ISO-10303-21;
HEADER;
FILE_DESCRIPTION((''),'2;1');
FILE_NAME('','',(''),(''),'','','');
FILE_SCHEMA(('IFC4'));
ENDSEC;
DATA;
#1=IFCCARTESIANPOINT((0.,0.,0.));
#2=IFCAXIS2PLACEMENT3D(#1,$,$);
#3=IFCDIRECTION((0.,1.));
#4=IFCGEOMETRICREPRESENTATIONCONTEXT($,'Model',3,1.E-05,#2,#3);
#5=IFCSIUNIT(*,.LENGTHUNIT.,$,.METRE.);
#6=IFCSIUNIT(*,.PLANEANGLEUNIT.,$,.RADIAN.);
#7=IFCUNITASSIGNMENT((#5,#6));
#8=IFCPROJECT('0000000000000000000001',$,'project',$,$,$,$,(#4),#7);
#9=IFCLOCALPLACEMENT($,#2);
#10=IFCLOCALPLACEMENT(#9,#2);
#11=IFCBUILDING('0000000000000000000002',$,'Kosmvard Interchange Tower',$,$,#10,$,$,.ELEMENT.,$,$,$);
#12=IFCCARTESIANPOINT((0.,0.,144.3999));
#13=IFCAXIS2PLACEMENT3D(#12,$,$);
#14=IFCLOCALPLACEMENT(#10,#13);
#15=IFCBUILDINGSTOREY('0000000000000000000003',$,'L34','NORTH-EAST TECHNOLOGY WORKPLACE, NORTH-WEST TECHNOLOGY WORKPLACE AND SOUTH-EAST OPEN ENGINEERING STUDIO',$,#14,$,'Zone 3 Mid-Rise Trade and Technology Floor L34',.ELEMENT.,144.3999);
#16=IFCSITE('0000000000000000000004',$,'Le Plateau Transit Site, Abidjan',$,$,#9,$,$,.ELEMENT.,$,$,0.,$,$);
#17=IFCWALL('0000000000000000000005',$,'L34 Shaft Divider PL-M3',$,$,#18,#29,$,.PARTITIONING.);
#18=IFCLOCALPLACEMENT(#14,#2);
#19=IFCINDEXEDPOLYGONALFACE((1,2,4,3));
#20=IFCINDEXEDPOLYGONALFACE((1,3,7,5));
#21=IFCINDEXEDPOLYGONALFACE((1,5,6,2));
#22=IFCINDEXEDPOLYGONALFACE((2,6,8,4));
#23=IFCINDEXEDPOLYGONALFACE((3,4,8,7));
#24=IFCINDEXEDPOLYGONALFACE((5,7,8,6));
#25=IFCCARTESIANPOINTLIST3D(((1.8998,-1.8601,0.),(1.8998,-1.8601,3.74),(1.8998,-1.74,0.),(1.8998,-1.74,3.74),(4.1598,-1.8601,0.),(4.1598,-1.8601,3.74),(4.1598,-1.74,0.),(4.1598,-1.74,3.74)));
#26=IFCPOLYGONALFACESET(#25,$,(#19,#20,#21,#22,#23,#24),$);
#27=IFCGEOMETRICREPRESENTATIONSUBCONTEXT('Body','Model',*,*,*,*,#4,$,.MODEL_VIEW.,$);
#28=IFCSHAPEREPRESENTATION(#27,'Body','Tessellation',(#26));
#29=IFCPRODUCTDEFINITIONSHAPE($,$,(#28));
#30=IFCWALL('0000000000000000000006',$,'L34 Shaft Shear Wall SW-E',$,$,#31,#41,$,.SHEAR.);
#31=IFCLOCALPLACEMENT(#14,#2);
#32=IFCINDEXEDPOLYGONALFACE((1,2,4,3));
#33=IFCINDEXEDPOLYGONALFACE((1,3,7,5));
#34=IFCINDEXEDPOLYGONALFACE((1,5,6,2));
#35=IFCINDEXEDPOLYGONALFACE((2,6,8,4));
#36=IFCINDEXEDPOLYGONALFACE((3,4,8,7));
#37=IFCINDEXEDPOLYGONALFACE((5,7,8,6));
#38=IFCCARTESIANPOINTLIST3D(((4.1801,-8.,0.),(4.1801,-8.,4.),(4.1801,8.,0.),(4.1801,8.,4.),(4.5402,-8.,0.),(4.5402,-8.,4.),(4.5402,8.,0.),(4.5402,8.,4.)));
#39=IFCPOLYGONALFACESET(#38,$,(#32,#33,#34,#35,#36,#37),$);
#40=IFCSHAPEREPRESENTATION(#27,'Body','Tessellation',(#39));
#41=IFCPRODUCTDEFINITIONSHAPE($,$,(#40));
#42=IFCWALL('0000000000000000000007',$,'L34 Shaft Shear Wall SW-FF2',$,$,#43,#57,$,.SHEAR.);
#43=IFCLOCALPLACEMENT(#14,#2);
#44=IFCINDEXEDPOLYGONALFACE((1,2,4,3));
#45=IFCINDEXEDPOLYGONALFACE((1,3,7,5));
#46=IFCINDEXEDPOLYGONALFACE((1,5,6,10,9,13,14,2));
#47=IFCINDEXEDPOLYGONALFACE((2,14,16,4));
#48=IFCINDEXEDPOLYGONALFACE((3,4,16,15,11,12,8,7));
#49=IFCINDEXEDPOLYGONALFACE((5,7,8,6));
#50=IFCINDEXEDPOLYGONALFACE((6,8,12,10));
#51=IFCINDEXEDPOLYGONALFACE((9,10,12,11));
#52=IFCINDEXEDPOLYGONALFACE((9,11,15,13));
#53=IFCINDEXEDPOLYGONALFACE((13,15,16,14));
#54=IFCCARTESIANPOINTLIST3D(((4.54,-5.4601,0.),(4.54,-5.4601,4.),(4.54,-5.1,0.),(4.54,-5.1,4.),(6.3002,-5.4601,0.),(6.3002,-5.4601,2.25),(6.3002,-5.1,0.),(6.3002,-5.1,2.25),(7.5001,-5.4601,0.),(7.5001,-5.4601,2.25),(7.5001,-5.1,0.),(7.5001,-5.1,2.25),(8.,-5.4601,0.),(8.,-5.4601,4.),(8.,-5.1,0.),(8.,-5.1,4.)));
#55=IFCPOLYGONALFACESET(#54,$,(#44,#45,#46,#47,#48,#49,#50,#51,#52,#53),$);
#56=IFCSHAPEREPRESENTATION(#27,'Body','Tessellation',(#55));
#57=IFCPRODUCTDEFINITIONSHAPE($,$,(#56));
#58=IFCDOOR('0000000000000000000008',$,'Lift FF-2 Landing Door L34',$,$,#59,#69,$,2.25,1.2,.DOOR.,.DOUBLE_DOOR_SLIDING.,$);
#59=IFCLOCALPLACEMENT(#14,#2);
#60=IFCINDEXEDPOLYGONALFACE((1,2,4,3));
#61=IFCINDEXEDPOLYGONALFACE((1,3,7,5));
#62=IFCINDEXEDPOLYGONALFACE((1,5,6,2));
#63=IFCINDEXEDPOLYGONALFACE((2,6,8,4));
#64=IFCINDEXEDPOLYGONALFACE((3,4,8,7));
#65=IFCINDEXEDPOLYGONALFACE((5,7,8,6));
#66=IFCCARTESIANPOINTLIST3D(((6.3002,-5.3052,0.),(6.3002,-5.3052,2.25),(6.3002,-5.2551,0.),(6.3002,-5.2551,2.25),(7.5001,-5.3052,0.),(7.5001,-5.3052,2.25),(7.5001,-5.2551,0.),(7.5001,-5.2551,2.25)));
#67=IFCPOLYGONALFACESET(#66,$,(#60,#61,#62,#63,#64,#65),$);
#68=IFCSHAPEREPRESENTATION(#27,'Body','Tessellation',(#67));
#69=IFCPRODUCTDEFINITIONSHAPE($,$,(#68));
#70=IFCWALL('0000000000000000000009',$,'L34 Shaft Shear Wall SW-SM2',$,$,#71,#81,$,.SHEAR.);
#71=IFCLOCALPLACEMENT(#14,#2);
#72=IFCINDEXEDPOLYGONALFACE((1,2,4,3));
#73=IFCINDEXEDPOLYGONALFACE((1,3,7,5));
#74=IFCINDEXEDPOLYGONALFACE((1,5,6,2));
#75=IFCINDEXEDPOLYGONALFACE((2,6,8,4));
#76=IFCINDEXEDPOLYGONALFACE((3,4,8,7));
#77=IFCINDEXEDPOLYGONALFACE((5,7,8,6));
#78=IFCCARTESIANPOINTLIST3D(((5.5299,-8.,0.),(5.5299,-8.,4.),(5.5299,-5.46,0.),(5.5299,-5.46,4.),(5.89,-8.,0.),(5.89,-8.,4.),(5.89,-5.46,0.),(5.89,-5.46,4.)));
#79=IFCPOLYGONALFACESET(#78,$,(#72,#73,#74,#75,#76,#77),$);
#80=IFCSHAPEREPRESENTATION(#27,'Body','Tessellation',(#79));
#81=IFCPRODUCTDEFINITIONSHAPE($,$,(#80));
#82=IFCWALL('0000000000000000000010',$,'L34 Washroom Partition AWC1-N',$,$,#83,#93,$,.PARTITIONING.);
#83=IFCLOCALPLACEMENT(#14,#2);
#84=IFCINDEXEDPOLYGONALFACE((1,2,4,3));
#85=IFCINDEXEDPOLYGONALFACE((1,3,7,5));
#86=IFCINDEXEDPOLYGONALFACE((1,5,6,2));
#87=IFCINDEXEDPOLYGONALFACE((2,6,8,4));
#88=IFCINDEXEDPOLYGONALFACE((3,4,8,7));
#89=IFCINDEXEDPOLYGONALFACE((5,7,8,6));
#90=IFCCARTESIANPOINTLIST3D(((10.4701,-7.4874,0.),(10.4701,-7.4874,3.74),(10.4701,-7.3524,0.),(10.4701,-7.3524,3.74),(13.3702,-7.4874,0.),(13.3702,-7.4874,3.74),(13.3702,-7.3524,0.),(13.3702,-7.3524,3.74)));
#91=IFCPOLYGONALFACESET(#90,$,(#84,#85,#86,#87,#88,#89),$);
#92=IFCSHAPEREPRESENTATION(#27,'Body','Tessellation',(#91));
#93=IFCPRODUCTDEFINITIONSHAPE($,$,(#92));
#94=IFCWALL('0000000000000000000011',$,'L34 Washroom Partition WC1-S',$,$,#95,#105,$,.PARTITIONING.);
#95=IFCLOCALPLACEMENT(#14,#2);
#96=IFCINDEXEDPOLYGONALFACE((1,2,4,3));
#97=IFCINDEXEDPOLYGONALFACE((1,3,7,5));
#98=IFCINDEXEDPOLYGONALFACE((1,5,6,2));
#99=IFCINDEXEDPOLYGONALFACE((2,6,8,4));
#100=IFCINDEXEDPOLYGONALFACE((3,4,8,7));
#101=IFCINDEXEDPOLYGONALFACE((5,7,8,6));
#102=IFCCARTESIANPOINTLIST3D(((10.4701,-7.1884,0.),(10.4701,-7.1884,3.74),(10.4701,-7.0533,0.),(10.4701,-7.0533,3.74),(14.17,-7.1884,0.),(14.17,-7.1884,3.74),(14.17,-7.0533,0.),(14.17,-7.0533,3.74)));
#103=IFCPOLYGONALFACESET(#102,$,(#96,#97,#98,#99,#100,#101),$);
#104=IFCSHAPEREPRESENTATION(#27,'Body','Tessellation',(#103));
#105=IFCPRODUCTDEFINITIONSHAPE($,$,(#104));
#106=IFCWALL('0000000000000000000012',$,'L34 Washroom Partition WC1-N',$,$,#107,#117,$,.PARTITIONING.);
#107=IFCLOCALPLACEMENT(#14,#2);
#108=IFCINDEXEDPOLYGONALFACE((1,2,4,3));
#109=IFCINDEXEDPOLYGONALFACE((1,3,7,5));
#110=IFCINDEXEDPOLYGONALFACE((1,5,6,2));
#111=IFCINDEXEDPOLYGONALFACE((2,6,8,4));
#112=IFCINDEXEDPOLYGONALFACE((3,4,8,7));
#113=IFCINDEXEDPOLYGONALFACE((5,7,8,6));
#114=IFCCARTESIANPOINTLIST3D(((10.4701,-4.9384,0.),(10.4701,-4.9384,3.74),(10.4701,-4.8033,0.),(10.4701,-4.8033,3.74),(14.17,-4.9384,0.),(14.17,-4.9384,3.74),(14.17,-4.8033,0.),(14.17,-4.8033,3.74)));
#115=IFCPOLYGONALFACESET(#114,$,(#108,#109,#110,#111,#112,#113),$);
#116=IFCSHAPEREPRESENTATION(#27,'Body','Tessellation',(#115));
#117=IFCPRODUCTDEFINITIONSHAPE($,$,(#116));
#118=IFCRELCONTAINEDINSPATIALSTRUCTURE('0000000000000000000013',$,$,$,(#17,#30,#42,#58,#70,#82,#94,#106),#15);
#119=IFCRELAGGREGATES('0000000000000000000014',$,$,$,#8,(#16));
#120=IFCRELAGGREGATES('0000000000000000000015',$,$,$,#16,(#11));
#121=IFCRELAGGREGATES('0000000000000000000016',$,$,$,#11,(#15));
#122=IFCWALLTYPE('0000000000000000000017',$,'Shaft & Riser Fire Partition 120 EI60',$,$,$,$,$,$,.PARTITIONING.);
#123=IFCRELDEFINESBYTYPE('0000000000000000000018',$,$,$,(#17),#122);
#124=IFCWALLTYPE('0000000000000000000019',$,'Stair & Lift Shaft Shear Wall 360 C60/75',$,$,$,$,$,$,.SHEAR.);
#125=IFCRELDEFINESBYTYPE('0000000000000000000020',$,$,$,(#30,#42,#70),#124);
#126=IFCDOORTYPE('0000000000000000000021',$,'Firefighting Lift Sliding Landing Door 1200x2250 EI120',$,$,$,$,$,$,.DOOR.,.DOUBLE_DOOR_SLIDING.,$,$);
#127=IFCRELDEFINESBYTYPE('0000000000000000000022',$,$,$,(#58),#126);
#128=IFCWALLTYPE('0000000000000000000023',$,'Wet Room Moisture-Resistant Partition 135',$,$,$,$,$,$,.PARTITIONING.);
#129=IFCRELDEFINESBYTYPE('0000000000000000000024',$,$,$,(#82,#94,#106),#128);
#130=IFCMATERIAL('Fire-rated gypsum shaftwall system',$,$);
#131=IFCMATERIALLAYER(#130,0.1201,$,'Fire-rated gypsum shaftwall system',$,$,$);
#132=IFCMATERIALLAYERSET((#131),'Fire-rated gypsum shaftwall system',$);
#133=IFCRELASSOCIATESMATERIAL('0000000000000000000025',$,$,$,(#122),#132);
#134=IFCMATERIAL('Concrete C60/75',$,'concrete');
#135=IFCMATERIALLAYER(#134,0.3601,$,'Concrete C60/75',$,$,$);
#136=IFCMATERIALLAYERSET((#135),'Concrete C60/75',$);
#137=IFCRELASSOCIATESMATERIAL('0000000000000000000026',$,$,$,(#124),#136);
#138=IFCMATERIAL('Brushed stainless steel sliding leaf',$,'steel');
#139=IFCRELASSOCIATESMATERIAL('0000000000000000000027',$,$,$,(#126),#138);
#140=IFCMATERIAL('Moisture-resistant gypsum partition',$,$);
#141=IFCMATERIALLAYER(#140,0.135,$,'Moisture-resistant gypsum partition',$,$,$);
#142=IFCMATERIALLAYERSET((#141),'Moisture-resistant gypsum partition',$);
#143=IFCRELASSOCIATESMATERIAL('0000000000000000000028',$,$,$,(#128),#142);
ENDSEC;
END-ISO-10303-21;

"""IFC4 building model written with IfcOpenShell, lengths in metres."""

from ifc_helpers import new_model, si_unit, direction, frame, frame_2d, origin, place, context, subcontext, project, spatial, rectangle, extrude, source, transform, mapped, material, layer, layer_set, type_object, element, fill, save


model = new_model("IFC4")

# Units and contexts
model_context = context("Model", 3, precision=1e-05, world=origin(), true_north=direction((0.0, 1.0)))
body_context = subcontext(model_context, "Body", "Model", "MODEL_VIEW")
ifc_project = project(units=[si_unit("LENGTHUNIT", "METRE"), si_unit("PLANEANGLEUNIT", "RADIAN")], contexts=[model_context])

# Site, building, storey
site_placement = place(None, origin())
site = spatial("IfcSite", under=ifc_project, at=site_placement, Name="Le Plateau Transit Site, Abidjan", CompositionType="ELEMENT", RefElevation=0.0)
building_placement = place(site_placement, origin())
building = spatial("IfcBuilding", under=site, at=building_placement, Name="Kosmvard Interchange Tower", CompositionType="ELEMENT")
storey_placement = place(building_placement, frame((0.0, 0.0, 144.3999)))
storey = spatial("IfcBuildingStorey", under=building, at=storey_placement, Name="L34", Description="NORTH-EAST TECHNOLOGY WORKPLACE, NORTH-WEST TECHNOLOGY WORKPLACE AND SOUTH-EAST OPEN ENGINEERING STUDIO", LongName="Zone 3 Mid-Rise Trade and Technology Floor L34", CompositionType="ELEMENT", Elevation=144.3999)

# Shared definitions
ifc_material_1 = material(Name="Brushed stainless steel sliding leaf", Category="steel")

# Walls
ifc_material_2 = material(Name="Fire-rated gypsum shaftwall system")
ifc_layer_1 = layer(ifc_material_2, 0.1201, Name="Fire-rated gypsum shaftwall system")
ifc_layer_set_1 = layer_set([ifc_layer_1], Name="Fire-rated gypsum shaftwall system")
wall_type_1 = type_object("IfcWallType", Name="Shaft & Riser Fire Partition 120 EI60", PredefinedType="PARTITIONING", material=ifc_layer_set_1)
wall_1_placement = place(storey_placement, frame((1.8999, -1.8, 0.0), z_axis=(0.0, 0.0, 1.0), x_axis=(1.0, 0.0, 0.0)))
element("IfcWall", 1, at=wall_1_placement, inside=storey, type_object=wall_type_1, Name="L34 Shaft Divider PL-M3", PredefinedType="PARTITIONING", context=body_context, shape_type="SweptSolid", body=[
    extrude(rectangle(XDim=2.26, YDim=0.1201, at=frame_2d((1.1299, 0.0))), origin(), (0.0, 0.0, 1.0), 3.74),
])
ifc_material_3 = material(Name="Concrete C60/75", Category="concrete")
ifc_layer_2 = layer(ifc_material_3, 0.3601, Name="Concrete C60/75")
ifc_layer_set_2 = layer_set([ifc_layer_2], Name="Concrete C60/75")
wall_type_2 = type_object("IfcWallType", Name="Stair & Lift Shaft Shear Wall 360 C60/75", PredefinedType="SHEAR", material=ifc_layer_set_2)
wall_2_placement = place(storey_placement, frame((4.3601, -8.0, 0.0), z_axis=(0.0, 0.0, 1.0), x_axis=(0.0, 1.0, 0.0)))
element("IfcWall", 2, at=wall_2_placement, inside=storey, type_object=wall_type_2, Name="L34 Shaft Shear Wall SW-E", PredefinedType="SHEAR", context=body_context, shape_type="SweptSolid", body=[
    extrude(rectangle(XDim=16.0, YDim=0.3601, at=frame_2d((8.0, 0.0))), origin(), (0.0, 0.0, 1.0), 4.0),
])

# Wall, opening, door
wall_3_placement = place(storey_placement, frame((4.54, -5.28, 0.0), z_axis=(0.0, 0.0, 1.0), x_axis=(1.0, 0.0, 0.0)))
wall_3 = element("IfcWall", 3, at=wall_3_placement, inside=storey, type_object=wall_type_2, Name="L34 Shaft Shear Wall SW-FF2", PredefinedType="SHEAR", context=body_context, shape_type="SweptSolid", body=[
    extrude(rectangle(XDim=3.46, YDim=0.3601, at=frame_2d((1.73, 0.0))), origin(), (0.0, 0.0, 1.0), 4.0),
])
opening_1_placement = place(wall_3_placement, frame((1.76, 0.0, 0.0)))
opening_1 = element("IfcOpeningElement", 4, at=opening_1_placement, cuts=wall_3, PredefinedType="OPENING", context=body_context, shape_type="SweptSolid", body=[
    extrude(rectangle(XDim=1.2, YDim=2.25, at=frame_2d((0.6001, 1.125))), frame((0.0, 0.1899, 0.0), z_axis=(0.0, -1.0, 0.0), x_axis=(1.0, 0.0, 0.0)), (0.0, 0.0, 1.0), 0.3801),
])
door_type_1 = type_object("IfcDoorType", Name="Firefighting Lift Sliding Landing Door 1200x2250 EI120", OperationType="DOUBLE_DOOR_SLIDING", PredefinedType="DOOR", material=ifc_material_1)
shared_shape_1 = source(origin(), body_context, "Body", "SweptSolid", [
    extrude(rectangle(XDim=1.2, YDim=2.25, at=frame_2d((0.6001, 1.125))), frame((0.0, 0.0249, 0.0), z_axis=(0.0, -1.0, 0.0), x_axis=(1.0, 0.0, 0.0)), (0.0, 0.0, 1.0), 0.05),
])
door_1_placement = place(opening_1_placement, origin())
door_1 = element("IfcDoor", 5, at=door_1_placement, inside=storey, type_object=door_type_1, Name="Lift FF-2 Landing Door L34", OperationType="DOUBLE_DOOR_SLIDING", OverallHeight=2.25, OverallWidth=1.2, PredefinedType="DOOR", context=body_context, shape_type="MappedRepresentation", body=[
    mapped(shared_shape_1, transform((0.0, 0.0, 0.0), scale=1.0)),
])
fill(opening_1, door_1)

# Walls
wall_4_placement = place(storey_placement, frame((5.71, -8.0, 0.0), z_axis=(0.0, 0.0, 1.0), x_axis=(0.0, 1.0, 0.0)))
element("IfcWall", 6, at=wall_4_placement, inside=storey, type_object=wall_type_2, Name="L34 Shaft Shear Wall SW-SM2", PredefinedType="SHEAR", context=body_context, shape_type="SweptSolid", body=[
    extrude(rectangle(XDim=2.54, YDim=0.3601, at=frame_2d((1.27, 0.0))), origin(), (0.0, 0.0, 1.0), 4.0),
])
ifc_material_4 = material(Name="Moisture-resistant gypsum partition")
ifc_layer_3 = layer(ifc_material_4, 0.135, Name="Moisture-resistant gypsum partition")
ifc_layer_set_3 = layer_set([ifc_layer_3], Name="Moisture-resistant gypsum partition")
wall_type_3 = type_object("IfcWallType", Name="Wet Room Moisture-Resistant Partition 135", PredefinedType="PARTITIONING", material=ifc_layer_set_3)
wall_5_placement = place(storey_placement, frame((10.47, -7.4199, 0.0), z_axis=(0.0, 0.0, 1.0), x_axis=(1.0, 0.0, 0.0)))
element("IfcWall", 7, at=wall_5_placement, inside=storey, type_object=wall_type_3, Name="L34 Washroom Partition AWC1-N", PredefinedType="PARTITIONING", context=body_context, shape_type="SweptSolid", body=[
    extrude(rectangle(XDim=2.9001, YDim=0.135, at=frame_2d((1.4502, 0.0))), origin(), (0.0, 0.0, 1.0), 3.74),
])
for number, where, z_axis, x_axis, name in (
    (8, (10.47, -7.1208, 0.0), (0.0, 0.0, 1.0), (1.0, 0.0, 0.0), "L34 Washroom Partition WC1-S"),
    (9, (10.47, -4.8708, 0.0), (0.0, 0.0, 1.0), (1.0, 0.0, 0.0), "L34 Washroom Partition WC1-N"),
):
    element("IfcWall", number, at=place(storey_placement, frame(where, z_axis=z_axis, x_axis=x_axis)), inside=storey, type_object=wall_type_3, Name=name, PredefinedType="PARTITIONING", context=body_context, shape_type="SweptSolid", body=[
        extrude(rectangle(XDim=3.7, YDim=0.135, at=frame_2d((1.8501, 0.0))), origin(), (0.0, 0.0, 1.0), 3.74),
    ])

save(model, "model.ifc")
